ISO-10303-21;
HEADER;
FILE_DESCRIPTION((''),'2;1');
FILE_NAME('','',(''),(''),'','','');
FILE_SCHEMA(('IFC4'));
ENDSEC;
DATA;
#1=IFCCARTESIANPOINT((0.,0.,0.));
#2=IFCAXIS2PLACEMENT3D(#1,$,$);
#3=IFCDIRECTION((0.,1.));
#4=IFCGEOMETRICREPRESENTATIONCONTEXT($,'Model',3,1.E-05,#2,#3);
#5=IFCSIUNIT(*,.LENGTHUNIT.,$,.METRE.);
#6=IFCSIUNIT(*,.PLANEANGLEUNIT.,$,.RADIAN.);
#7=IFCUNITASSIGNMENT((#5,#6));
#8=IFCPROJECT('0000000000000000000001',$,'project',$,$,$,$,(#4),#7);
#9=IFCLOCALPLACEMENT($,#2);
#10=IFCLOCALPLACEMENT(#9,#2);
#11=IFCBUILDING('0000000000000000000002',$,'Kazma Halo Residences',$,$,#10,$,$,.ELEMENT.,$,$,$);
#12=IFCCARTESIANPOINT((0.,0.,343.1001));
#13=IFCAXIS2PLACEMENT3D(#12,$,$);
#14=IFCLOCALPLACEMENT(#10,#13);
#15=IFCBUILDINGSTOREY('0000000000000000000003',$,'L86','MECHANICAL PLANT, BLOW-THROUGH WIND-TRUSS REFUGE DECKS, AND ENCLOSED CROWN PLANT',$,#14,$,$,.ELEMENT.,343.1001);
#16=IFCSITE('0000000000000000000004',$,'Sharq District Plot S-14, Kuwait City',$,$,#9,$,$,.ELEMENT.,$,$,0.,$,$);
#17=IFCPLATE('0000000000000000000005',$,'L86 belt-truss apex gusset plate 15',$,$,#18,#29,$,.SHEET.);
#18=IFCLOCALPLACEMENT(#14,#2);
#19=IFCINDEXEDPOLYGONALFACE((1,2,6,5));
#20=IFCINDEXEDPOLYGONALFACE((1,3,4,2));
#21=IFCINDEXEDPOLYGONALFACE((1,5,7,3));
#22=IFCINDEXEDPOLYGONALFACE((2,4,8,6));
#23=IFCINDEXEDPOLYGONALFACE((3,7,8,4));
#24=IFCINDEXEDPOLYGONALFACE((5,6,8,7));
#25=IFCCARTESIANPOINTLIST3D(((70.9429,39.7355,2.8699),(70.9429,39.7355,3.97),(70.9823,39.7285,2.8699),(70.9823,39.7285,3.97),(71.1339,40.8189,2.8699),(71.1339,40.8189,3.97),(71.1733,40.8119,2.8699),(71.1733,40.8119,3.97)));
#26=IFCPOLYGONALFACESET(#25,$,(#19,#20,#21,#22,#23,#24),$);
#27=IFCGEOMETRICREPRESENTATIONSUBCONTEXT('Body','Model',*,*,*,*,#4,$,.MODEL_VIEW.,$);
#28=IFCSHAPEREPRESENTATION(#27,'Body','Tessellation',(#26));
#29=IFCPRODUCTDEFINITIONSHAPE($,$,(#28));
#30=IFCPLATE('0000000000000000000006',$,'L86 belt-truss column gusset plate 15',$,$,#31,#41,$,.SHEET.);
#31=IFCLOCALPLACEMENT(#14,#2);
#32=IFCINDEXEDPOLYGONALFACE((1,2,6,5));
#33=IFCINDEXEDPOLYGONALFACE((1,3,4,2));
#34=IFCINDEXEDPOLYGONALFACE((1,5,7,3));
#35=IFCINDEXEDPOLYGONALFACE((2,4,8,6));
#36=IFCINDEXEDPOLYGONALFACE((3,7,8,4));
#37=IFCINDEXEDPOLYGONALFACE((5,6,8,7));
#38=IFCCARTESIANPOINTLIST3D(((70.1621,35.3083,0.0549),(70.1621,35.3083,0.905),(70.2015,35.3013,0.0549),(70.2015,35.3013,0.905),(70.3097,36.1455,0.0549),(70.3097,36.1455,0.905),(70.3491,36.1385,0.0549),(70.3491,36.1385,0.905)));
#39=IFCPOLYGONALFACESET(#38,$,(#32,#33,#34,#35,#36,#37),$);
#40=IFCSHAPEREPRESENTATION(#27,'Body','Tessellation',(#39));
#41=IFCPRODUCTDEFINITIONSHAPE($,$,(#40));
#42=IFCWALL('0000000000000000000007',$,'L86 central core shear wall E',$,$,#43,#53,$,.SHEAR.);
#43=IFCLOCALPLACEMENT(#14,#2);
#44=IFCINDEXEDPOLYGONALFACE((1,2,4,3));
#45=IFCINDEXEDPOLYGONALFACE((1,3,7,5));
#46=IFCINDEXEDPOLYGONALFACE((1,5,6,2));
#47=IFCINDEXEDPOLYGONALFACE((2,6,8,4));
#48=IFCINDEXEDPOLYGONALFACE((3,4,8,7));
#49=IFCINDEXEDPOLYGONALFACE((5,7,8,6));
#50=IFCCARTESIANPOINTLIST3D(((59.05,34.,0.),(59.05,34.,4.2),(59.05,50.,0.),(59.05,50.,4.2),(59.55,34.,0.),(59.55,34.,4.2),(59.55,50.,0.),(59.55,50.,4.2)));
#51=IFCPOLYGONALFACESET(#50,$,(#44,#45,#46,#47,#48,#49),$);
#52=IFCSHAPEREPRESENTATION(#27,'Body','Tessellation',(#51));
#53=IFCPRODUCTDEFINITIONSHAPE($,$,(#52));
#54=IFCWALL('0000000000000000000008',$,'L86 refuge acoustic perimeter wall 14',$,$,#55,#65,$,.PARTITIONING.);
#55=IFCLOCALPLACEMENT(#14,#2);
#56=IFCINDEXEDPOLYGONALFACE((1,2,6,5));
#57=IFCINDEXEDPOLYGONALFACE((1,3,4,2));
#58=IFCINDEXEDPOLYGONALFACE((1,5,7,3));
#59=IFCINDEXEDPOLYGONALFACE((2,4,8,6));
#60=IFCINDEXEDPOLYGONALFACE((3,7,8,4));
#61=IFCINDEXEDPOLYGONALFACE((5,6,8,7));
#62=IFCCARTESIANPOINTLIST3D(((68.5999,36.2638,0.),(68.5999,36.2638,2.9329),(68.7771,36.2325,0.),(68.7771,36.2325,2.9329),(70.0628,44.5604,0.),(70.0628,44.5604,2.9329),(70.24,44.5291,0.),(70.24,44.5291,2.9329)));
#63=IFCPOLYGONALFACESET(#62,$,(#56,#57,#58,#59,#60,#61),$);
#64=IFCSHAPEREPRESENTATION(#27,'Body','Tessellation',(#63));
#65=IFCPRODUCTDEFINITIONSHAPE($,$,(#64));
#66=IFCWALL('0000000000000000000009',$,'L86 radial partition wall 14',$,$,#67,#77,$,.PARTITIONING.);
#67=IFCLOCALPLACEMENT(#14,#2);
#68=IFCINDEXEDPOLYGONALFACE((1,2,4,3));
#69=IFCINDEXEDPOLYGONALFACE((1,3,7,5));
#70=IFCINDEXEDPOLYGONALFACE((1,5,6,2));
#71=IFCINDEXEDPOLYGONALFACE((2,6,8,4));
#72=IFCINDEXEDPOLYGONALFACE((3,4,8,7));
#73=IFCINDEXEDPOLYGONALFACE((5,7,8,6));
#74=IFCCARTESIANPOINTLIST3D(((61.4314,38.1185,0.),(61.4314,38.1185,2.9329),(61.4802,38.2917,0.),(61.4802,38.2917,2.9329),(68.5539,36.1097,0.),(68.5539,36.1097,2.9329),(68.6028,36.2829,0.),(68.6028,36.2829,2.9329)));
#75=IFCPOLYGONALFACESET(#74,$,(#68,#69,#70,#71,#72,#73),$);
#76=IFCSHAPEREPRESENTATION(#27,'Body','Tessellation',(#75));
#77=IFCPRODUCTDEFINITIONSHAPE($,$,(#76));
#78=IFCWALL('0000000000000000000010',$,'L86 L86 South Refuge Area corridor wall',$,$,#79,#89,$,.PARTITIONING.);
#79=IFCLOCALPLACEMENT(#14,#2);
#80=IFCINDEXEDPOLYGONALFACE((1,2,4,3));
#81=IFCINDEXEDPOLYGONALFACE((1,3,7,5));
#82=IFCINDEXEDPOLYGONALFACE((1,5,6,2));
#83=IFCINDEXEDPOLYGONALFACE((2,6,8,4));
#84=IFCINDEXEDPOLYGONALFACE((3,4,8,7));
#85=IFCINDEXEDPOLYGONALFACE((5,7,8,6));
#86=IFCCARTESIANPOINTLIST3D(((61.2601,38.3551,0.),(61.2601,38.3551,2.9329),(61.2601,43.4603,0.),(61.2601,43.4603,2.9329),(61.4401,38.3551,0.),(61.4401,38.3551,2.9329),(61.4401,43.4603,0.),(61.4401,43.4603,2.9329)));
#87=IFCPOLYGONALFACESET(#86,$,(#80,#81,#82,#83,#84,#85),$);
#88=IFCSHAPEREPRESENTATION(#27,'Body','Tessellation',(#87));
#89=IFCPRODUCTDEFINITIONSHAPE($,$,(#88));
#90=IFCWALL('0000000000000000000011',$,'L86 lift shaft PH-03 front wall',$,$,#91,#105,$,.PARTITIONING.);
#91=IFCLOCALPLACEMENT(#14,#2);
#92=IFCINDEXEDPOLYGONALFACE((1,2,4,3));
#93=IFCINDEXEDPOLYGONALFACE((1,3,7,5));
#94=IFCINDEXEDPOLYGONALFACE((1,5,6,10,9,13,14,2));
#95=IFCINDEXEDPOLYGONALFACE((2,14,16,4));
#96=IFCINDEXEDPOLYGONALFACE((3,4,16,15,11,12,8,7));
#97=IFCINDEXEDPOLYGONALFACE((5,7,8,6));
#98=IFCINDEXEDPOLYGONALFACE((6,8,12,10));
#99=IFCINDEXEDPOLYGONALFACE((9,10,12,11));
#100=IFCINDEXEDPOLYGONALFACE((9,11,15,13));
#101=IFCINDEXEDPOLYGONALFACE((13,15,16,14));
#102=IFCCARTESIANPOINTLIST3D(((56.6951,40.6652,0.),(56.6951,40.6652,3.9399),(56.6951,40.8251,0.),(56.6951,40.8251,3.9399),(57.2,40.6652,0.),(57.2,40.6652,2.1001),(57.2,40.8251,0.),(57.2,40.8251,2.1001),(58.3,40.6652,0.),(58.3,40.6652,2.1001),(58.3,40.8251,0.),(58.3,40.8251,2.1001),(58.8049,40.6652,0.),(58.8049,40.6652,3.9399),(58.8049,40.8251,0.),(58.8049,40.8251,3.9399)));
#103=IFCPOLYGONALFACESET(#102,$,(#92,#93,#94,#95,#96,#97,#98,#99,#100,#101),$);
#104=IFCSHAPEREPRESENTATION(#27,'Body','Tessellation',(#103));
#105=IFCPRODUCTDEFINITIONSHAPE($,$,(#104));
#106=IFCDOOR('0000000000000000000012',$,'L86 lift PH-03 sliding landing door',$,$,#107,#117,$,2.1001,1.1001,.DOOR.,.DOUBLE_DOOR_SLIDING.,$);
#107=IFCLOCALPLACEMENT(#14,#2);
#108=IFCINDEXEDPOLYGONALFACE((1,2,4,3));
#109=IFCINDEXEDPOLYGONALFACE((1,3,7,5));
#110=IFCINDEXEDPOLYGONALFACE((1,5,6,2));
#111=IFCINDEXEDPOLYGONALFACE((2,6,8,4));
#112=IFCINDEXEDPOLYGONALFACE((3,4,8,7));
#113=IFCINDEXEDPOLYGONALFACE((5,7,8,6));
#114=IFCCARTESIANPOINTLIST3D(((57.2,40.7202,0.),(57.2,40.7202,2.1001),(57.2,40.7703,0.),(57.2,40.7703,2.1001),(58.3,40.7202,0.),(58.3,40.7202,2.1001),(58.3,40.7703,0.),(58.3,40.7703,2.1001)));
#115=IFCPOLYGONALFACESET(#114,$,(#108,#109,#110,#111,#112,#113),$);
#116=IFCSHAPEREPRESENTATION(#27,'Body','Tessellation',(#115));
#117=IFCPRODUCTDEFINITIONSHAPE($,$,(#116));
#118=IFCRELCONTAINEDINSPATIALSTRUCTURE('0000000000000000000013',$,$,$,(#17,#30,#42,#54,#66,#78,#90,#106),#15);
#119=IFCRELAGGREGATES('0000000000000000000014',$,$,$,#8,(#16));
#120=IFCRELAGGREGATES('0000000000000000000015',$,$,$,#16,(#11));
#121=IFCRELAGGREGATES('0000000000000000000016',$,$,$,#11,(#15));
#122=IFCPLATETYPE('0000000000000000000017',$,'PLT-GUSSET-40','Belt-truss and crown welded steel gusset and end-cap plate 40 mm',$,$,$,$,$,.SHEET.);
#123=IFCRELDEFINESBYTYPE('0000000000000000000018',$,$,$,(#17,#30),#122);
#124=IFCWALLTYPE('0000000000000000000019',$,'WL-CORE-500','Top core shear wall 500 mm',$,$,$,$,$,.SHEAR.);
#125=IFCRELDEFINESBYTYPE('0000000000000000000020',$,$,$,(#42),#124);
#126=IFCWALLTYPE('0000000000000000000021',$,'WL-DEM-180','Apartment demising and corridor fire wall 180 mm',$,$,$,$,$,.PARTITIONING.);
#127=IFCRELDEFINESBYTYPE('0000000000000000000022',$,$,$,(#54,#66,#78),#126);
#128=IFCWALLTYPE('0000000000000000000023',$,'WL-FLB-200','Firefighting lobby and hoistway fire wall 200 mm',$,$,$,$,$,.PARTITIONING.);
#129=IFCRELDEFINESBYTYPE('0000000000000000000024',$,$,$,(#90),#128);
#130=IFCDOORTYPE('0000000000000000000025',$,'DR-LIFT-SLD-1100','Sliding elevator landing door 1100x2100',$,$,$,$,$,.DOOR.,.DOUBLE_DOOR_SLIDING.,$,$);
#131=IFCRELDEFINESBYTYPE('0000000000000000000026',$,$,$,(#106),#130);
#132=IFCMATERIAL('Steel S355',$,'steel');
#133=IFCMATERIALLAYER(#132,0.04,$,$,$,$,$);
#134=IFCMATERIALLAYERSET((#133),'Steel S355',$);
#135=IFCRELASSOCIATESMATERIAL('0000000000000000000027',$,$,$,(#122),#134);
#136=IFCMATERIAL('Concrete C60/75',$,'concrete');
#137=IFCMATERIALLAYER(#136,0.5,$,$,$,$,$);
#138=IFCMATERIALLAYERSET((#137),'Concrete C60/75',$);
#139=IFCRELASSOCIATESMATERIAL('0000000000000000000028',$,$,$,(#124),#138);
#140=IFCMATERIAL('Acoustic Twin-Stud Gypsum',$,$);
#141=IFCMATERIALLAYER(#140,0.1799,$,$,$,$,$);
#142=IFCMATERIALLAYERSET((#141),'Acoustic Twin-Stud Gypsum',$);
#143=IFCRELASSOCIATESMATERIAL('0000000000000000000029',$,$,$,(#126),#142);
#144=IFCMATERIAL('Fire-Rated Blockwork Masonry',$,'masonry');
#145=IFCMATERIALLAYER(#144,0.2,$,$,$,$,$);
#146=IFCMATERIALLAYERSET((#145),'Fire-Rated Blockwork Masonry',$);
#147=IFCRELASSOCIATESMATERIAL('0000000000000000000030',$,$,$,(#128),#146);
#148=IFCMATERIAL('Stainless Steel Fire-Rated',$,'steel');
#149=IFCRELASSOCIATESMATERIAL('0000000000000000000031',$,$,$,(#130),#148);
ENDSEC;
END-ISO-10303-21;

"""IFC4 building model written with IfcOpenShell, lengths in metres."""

from ifc_helpers import new_model, si_unit, direction, frame, frame_2d, origin, origin_2d, place, context, subcontext, project, spatial, rectangle, extrude, material, layer, layer_set, type_object, element, fill, save


model = new_model("IFC4")

# Units and contexts
model_context = context("Model", 3, precision=1e-05, world=origin(), true_north=direction((0.0, 1.0)))
body_context = subcontext(model_context, "Body", "Model", "MODEL_VIEW")
ifc_project = project(units=[si_unit("LENGTHUNIT", "METRE"), si_unit("PLANEANGLEUNIT", "RADIAN")], contexts=[model_context])

# Site, building, storey
site_placement = place(None, origin())
site = spatial("IfcSite", under=ifc_project, at=site_placement, Name="Sharq District Plot S-14, Kuwait City", CompositionType="ELEMENT", RefElevation=0.0)
building_placement = place(site_placement, origin())
building = spatial("IfcBuilding", under=site, at=building_placement, Name="Kazma Halo Residences", CompositionType="ELEMENT")
storey_placement = place(building_placement, frame((0.0, 0.0, 343.1001)))
storey = spatial("IfcBuildingStorey", under=building, at=storey_placement, Name="L86", Description="MECHANICAL PLANT, BLOW-THROUGH WIND-TRUSS REFUGE DECKS, AND ENCLOSED CROWN PLANT", CompositionType="ELEMENT", Elevation=343.1001)

# Shared definitions
ifc_material_1 = material(Name="Concrete C60/75", Category="concrete")

# Shared definitions
ifc_material_2 = material(Name="Steel S355", Category="steel")

# Plates
ifc_layer_1 = layer(ifc_material_2, 0.04)
ifc_layer_set_1 = layer_set([ifc_layer_1], Name="Steel S355")
plate_type_1 = type_object("IfcPlateType", Name="PLT-GUSSET-40", Description="Belt-truss and crown welded steel gusset and end-cap plate 40 mm", PredefinedType="SHEET", material=ifc_layer_set_1)
plate_1_placement = place(storey_placement, frame((71.0581, 40.2737, 2.8699), z_axis=(0.0, 0.0, 1.0), x_axis=(0.173646, 0.984808, 0.0)))
element("IfcPlate", 1, at=plate_1_placement, inside=storey, type_object=plate_type_1, Name="L86 belt-truss apex gusset plate 15", PredefinedType="SHEET", context=body_context, shape_type="SweptSolid", body=[
    extrude(rectangle(XDim=1.1001, YDim=0.04, at=origin_2d()), origin(), (0.0, 0.0, 1.0), 1.1001),
])
plate_2_placement = place(storey_placement, frame((70.2556, 35.7234, 0.0549), z_axis=(0.0, 0.0, 1.0), x_axis=(0.173646, 0.984808, 0.0)))
element("IfcPlate", 2, at=plate_2_placement, inside=storey, type_object=plate_type_1, Name="L86 belt-truss column gusset plate 15", PredefinedType="SHEET", context=body_context, shape_type="SweptSolid", body=[
    extrude(rectangle(XDim=0.8501, YDim=0.04, at=origin_2d()), origin(), (0.0, 0.0, 1.0), 0.8501),
])

# Walls
ifc_layer_2 = layer(ifc_material_1, 0.5)
ifc_layer_set_2 = layer_set([ifc_layer_2], Name="Concrete C60/75")
wall_type_1 = type_object("IfcWallType", Name="WL-CORE-500", Description="Top core shear wall 500 mm", PredefinedType="SHEAR", material=ifc_layer_set_2)
wall_1_placement = place(storey_placement, frame((59.3, 34.0, 0.0), z_axis=(0.0, 0.0, 1.0), x_axis=(0.0, 1.0, 0.0)))
element("IfcWall", 3, at=wall_1_placement, inside=storey, type_object=wall_type_1, Name="L86 central core shear wall E", PredefinedType="SHEAR", context=body_context, shape_type="SweptSolid", body=[
    extrude(rectangle(XDim=16.0, YDim=0.5, at=frame_2d((8.0, 0.0))), origin(), (0.0, 0.0, 1.0), 4.2),
])
ifc_material_3 = material(Name="Acoustic Twin-Stud Gypsum")
ifc_layer_3 = layer(ifc_material_3, 0.1799)
ifc_layer_set_3 = layer_set([ifc_layer_3], Name="Acoustic Twin-Stud Gypsum")
wall_type_2 = type_object("IfcWallType", Name="WL-DEM-180", Description="Apartment demising and corridor fire wall 180 mm", PredefinedType="PARTITIONING", material=ifc_layer_set_3)
wall_2_placement = place(storey_placement, frame((68.6885, 36.248, 0.0), z_axis=(0.0, 0.0, 1.0), x_axis=(0.173645, 0.984808, 0.0)))
element("IfcWall", 4, at=wall_2_placement, inside=storey, type_object=wall_type_2, Name="L86 refuge acoustic perimeter wall 14", PredefinedType="PARTITIONING", context=body_context, shape_type="SweptSolid", body=[
    extrude(rectangle(XDim=8.4246, YDim=0.1799, at=frame_2d((4.2124, 0.0))), origin(), (0.0, 0.0, 1.0), 2.9329),
])
wall_3_placement = place(storey_placement, frame((61.4558, 38.2051, 0.0), z_axis=(0.0, 0.0, 1.0), x_axis=(0.962455, -0.271443, 0.0)))
element("IfcWall", 5, at=wall_3_placement, inside=storey, type_object=wall_type_2, Name="L86 radial partition wall 14", PredefinedType="PARTITIONING", context=body_context, shape_type="SweptSolid", body=[
    extrude(rectangle(XDim=7.4004, YDim=0.1799, at=frame_2d((3.7002, 0.0))), origin(), (0.0, 0.0, 1.0), 2.9329),
])
wall_4_placement = place(storey_placement, frame((61.3501, 38.355, 0.0), z_axis=(0.0, 0.0, 1.0), x_axis=(0.0, 1.0, 0.0)))
element("IfcWall", 6, at=wall_4_placement, inside=storey, type_object=wall_type_2, Name="L86 L86 South Refuge Area corridor wall", PredefinedType="PARTITIONING", context=body_context, shape_type="SweptSolid", body=[
    extrude(rectangle(XDim=5.1052, YDim=0.1799, at=frame_2d((2.5527, 0.0))), origin(), (0.0, 0.0, 1.0), 2.9329),
])

# Wall, opening, door
ifc_material_4 = material(Name="Fire-Rated Blockwork Masonry", Category="masonry")
ifc_layer_4 = layer(ifc_material_4, 0.2)
ifc_layer_set_4 = layer_set([ifc_layer_4], Name="Fire-Rated Blockwork Masonry")
wall_type_3 = type_object("IfcWallType", Name="WL-FLB-200", Description="Firefighting lobby and hoistway fire wall 200 mm", PredefinedType="PARTITIONING", material=ifc_layer_set_4)
wall_5_placement = place(storey_placement, frame((58.8049, 40.7451, 0.0), z_axis=(0.0, 0.0, 1.0), x_axis=(-1.0, 0.0, 0.0)))
wall_5 = element("IfcWall", 7, at=wall_5_placement, inside=storey, type_object=wall_type_3, Name="L86 lift shaft PH-03 front wall", PredefinedType="PARTITIONING", context=body_context, shape_type="SweptSolid", body=[
    extrude(rectangle(XDim=2.1099, YDim=0.1599, at=frame_2d((1.0549, 0.0))), origin(), (0.0, 0.0, 1.0), 3.9399),
])
opening_placement = place(wall_5_placement, frame((0.5049, 0.0, 0.0)))
opening = element("IfcOpeningElement", 8, at=opening_placement, cuts=wall_5, PredefinedType="OPENING", context=body_context, shape_type="SweptSolid", body=[
    extrude(rectangle(XDim=1.1001, YDim=2.1001, at=frame_2d((0.55, 1.05))), frame((0.0, 0.0898, 0.0), z_axis=(0.0, -1.0, 0.0), x_axis=(1.0, 0.0, 0.0)), (0.0, 0.0, 1.0), 0.1799),
])
ifc_material_5 = material(Name="Stainless Steel Fire-Rated", Category="steel")
door_type = type_object("IfcDoorType", Name="DR-LIFT-SLD-1100", Description="Sliding elevator landing door 1100x2100", OperationType="DOUBLE_DOOR_SLIDING", PredefinedType="DOOR", material=ifc_material_5)
door_placement = place(opening_placement, origin())
door = element("IfcDoor", 9, at=door_placement, inside=storey, type_object=door_type, Name="L86 lift PH-03 sliding landing door", OperationType="DOUBLE_DOOR_SLIDING", OverallHeight=2.1001, OverallWidth=1.1001, PredefinedType="DOOR", context=body_context, shape_type="SweptSolid", body=[
    extrude(rectangle(XDim=1.1001, YDim=2.1001, at=frame_2d((0.55, 1.05))), frame((0.0, 0.0249, 0.0), z_axis=(0.0, -1.0, 0.0), x_axis=(1.0, 0.0, 0.0)), (0.0, 0.0, 1.0), 0.05),
])
fill(opening, door)

save(model, "model.ifc")
